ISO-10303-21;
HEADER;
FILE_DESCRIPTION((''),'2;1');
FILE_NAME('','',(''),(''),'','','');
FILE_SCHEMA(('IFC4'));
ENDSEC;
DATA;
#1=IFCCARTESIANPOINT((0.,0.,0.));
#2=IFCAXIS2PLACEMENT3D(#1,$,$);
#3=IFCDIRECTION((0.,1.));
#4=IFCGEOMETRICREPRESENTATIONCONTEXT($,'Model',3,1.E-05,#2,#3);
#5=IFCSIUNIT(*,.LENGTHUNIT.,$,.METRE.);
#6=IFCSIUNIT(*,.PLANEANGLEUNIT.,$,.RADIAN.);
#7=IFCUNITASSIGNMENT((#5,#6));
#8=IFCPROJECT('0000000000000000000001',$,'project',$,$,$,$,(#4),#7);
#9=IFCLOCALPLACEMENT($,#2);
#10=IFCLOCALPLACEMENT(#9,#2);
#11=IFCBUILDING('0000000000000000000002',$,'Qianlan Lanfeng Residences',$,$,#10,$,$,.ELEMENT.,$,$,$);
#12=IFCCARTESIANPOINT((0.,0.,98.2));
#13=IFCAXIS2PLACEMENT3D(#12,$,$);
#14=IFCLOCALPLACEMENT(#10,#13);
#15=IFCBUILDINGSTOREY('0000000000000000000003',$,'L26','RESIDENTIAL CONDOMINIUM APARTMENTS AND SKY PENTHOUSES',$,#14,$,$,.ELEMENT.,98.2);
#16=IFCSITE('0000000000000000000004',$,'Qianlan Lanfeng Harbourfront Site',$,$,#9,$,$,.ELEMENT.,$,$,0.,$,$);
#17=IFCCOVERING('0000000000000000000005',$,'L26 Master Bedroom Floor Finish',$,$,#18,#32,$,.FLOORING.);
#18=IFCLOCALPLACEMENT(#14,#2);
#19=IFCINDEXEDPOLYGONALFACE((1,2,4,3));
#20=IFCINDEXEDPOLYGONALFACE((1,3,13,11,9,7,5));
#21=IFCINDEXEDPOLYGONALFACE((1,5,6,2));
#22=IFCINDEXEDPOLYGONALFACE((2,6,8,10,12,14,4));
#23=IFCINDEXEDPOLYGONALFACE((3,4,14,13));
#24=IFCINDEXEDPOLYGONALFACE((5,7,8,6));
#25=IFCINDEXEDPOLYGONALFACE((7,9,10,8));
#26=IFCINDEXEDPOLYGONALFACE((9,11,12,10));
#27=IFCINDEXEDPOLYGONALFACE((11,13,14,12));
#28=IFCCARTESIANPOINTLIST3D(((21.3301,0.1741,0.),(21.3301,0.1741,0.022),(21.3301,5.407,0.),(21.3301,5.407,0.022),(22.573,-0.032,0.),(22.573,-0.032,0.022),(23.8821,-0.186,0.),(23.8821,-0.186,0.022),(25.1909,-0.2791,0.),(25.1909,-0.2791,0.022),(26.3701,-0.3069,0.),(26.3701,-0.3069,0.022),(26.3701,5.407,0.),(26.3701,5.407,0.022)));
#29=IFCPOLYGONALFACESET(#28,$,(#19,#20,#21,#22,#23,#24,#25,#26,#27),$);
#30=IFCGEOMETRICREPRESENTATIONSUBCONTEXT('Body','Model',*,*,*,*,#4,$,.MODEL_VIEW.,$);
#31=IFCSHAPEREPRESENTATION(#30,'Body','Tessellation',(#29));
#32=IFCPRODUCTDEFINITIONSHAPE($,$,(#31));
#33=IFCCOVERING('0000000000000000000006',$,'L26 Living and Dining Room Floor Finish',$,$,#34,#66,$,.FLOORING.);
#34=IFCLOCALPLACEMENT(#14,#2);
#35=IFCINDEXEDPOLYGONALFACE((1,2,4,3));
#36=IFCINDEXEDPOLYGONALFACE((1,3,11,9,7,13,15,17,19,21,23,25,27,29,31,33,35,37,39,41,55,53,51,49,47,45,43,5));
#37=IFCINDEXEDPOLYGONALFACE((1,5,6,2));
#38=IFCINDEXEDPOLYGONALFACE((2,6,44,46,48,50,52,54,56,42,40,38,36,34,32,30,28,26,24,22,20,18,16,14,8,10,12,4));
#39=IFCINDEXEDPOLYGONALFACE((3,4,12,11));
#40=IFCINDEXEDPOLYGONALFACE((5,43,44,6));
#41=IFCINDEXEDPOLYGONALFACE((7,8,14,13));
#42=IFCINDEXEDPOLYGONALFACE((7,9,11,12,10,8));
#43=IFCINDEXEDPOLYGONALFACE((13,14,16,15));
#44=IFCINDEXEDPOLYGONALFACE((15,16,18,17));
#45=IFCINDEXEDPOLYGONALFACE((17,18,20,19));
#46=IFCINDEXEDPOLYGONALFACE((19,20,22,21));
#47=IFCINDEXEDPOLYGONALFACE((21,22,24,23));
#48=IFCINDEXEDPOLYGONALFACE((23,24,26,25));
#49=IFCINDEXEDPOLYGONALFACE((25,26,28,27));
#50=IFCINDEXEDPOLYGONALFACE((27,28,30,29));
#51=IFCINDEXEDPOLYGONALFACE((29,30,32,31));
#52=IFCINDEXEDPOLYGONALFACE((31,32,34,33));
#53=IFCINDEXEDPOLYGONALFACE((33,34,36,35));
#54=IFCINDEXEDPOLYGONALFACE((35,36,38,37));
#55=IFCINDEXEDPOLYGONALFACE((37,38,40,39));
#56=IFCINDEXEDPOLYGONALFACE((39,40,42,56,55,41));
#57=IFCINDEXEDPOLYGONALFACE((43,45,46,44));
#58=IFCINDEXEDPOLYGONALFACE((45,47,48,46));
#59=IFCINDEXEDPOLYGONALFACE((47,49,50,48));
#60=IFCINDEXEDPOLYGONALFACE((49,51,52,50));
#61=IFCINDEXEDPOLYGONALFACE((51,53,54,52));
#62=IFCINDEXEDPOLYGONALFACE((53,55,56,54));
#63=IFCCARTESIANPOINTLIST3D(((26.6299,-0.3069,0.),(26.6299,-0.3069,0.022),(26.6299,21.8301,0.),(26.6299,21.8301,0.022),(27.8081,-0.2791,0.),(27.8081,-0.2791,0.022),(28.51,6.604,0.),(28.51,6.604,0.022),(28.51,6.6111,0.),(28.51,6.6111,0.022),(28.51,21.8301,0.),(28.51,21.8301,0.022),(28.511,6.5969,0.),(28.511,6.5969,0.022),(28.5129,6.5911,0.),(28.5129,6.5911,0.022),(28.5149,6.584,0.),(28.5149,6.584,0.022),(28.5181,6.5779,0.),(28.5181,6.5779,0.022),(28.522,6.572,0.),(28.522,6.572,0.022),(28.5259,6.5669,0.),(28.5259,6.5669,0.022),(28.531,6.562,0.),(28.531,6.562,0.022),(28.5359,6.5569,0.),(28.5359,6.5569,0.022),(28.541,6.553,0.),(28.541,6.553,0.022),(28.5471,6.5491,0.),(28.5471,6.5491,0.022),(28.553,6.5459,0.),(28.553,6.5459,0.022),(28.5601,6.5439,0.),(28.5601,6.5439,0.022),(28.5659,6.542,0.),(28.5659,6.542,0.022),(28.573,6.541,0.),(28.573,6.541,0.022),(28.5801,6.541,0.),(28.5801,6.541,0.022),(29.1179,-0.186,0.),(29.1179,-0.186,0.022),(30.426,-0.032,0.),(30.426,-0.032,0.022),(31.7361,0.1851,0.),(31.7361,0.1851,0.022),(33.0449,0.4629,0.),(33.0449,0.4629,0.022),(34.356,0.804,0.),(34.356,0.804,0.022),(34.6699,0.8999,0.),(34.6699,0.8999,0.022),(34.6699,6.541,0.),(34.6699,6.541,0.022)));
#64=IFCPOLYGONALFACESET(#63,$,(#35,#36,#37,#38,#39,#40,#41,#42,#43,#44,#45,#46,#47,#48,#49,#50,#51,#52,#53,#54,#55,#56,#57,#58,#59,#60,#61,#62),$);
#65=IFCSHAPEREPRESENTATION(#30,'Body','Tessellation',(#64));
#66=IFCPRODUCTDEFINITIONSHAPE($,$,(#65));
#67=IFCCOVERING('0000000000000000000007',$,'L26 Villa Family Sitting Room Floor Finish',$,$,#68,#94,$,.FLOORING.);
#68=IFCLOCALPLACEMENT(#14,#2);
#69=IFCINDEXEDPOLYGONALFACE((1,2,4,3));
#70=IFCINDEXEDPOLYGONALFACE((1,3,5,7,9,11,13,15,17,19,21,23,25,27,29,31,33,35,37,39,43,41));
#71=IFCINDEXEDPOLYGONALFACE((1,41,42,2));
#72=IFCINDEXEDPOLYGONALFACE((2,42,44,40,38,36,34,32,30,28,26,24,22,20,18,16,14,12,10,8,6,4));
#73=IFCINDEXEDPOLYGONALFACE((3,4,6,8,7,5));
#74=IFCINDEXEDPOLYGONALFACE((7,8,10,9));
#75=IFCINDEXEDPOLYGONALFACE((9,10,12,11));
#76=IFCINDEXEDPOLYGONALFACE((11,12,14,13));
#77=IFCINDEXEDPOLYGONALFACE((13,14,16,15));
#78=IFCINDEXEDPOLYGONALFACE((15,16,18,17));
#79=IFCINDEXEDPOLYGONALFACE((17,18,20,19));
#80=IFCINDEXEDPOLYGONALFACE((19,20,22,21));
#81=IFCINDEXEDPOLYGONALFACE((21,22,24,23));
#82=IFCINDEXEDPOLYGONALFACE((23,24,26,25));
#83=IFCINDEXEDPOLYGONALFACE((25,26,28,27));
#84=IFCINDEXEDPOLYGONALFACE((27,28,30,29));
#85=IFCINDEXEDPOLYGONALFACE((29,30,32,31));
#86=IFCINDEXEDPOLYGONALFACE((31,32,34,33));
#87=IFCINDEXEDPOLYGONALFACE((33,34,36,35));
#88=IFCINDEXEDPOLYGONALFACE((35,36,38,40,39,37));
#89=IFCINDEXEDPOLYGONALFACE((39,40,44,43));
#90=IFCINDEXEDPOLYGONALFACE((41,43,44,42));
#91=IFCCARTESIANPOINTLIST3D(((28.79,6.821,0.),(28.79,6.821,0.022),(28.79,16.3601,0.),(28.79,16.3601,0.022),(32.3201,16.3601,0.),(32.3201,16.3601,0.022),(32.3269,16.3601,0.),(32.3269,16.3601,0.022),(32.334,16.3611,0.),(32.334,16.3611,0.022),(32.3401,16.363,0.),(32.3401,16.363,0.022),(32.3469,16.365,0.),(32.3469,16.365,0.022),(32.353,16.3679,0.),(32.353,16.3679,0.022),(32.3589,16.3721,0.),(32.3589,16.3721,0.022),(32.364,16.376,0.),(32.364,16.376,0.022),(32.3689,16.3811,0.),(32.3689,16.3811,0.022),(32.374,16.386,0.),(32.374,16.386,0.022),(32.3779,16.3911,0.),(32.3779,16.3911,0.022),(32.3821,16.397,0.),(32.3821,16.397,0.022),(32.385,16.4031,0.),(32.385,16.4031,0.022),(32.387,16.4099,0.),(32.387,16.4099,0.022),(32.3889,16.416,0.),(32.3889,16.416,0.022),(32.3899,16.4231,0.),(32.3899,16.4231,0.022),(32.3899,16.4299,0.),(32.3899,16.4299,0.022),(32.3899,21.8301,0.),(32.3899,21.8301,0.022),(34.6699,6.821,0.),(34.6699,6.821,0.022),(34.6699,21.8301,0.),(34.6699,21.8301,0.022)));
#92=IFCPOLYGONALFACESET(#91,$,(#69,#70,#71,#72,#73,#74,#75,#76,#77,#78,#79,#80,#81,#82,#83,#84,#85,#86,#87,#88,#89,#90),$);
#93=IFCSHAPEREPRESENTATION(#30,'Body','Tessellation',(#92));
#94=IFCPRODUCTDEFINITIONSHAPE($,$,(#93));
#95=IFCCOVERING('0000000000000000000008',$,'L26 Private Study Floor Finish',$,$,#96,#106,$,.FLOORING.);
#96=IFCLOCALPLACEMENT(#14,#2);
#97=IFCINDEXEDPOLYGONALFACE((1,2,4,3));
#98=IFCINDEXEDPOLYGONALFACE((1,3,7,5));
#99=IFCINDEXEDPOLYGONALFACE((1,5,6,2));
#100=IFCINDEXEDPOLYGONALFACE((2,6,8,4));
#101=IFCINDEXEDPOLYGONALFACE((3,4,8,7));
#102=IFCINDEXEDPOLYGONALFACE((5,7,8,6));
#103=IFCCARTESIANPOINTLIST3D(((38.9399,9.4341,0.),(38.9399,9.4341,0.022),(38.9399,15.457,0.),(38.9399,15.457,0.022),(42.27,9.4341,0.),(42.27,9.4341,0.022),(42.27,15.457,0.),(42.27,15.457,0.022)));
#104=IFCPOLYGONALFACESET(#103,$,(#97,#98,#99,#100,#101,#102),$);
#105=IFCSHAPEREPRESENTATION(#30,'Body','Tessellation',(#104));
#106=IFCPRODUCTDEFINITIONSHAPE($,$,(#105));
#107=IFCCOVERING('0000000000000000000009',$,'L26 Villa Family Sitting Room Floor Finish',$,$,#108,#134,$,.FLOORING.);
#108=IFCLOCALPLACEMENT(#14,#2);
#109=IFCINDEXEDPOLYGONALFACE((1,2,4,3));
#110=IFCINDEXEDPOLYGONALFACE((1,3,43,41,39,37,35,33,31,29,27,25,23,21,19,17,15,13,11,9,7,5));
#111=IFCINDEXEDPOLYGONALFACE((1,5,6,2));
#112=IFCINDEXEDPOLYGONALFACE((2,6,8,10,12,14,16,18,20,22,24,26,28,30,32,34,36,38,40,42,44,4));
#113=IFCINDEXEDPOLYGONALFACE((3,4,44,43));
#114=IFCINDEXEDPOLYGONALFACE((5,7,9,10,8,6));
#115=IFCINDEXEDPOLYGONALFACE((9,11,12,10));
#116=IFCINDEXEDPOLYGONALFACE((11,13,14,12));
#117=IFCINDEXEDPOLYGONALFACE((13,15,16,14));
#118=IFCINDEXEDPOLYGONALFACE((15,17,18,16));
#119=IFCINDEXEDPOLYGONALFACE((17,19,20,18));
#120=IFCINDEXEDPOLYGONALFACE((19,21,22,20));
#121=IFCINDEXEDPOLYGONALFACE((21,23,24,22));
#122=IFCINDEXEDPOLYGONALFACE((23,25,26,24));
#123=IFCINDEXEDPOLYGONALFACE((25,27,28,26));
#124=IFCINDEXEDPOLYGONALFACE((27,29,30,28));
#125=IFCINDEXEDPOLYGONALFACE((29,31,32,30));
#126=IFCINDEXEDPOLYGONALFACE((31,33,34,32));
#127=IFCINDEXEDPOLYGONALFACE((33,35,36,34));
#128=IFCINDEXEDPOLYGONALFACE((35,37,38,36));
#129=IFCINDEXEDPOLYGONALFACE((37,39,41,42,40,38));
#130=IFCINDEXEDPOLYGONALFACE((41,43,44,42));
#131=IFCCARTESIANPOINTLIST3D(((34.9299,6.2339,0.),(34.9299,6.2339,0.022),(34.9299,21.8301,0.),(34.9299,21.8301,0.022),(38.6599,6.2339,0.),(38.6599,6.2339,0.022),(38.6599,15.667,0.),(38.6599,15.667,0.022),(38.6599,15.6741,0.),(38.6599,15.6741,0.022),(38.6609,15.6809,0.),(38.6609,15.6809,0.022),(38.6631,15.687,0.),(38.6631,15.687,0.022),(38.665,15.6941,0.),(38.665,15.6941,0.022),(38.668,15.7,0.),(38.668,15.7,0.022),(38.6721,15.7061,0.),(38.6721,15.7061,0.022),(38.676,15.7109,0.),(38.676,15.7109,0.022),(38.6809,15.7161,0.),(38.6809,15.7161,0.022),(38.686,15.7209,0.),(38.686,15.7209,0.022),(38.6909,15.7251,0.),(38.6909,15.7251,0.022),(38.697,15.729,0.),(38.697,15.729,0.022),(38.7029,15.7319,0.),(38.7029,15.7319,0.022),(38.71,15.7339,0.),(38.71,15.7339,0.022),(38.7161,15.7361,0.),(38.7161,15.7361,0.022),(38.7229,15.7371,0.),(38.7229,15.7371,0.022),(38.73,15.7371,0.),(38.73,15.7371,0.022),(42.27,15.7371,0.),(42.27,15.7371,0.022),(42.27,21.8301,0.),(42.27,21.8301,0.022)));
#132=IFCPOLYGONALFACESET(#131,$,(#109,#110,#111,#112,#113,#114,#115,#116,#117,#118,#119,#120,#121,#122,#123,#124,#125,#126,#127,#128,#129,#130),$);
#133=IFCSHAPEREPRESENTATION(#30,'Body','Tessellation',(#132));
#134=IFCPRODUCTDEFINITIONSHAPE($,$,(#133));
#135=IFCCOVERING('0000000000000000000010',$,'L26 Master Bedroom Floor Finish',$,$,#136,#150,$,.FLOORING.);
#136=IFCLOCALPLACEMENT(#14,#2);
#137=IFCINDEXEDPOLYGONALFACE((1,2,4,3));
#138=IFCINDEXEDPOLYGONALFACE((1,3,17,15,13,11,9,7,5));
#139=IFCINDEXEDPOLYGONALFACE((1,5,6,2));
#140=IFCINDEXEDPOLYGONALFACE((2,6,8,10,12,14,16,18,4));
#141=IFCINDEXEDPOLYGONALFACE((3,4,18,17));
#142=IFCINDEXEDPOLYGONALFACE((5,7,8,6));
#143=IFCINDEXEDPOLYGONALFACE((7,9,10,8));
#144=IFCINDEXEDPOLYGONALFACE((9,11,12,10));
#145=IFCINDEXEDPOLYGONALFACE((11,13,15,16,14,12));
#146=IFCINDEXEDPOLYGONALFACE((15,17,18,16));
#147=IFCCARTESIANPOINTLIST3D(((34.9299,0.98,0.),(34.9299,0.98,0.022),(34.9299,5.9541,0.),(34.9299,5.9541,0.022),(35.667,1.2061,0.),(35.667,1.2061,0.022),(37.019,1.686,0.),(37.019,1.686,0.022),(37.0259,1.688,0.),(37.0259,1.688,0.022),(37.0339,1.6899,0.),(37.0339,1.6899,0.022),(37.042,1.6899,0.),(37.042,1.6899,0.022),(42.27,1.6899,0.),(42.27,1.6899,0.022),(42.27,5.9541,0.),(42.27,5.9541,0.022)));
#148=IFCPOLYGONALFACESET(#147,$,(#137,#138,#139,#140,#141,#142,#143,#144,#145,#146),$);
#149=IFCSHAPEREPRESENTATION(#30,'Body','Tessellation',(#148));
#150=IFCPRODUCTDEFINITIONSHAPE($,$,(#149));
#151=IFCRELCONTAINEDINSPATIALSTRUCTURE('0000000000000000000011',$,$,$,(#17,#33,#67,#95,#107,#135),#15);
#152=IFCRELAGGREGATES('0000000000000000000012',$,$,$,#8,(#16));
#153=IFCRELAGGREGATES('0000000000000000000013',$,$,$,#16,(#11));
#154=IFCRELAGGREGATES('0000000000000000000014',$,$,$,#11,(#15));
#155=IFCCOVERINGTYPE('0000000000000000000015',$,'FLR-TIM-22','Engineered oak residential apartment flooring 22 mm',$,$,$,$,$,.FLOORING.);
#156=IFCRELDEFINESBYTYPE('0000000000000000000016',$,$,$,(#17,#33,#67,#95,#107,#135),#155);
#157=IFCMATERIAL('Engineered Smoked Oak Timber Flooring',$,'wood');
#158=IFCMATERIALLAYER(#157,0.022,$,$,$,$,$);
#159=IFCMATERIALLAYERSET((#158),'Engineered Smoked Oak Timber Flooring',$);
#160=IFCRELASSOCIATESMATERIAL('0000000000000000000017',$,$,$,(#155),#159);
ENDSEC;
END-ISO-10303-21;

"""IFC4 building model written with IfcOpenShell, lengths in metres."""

from ifc_helpers import new_model, si_unit, direction, frame, origin, place, context, subcontext, project, spatial, polyline, outline, extrude, material, layer, layer_set, type_object, element, save


model = new_model("IFC4")

# Units and contexts
model_context = context("Model", 3, precision=1e-05, world=origin(), true_north=direction((0.0, 1.0)))
body_context = subcontext(model_context, "Body", "Model", "MODEL_VIEW")
ifc_project = project(units=[si_unit("LENGTHUNIT", "METRE"), si_unit("PLANEANGLEUNIT", "RADIAN")], contexts=[model_context])

# Site, building, storey
site_placement = place(None, origin())
site = spatial("IfcSite", under=ifc_project, at=site_placement, Name="Qianlan Lanfeng Harbourfront Site", CompositionType="ELEMENT", RefElevation=0.0)
building_placement = place(site_placement, origin())
building = spatial("IfcBuilding", under=site, at=building_placement, Name="Qianlan Lanfeng Residences", CompositionType="ELEMENT")
storey_placement = place(building_placement, frame((0.0, 0.0, 98.2)))
storey = spatial("IfcBuildingStorey", under=building, at=storey_placement, Name="L26", Description="RESIDENTIAL CONDOMINIUM APARTMENTS AND SKY PENTHOUSES", CompositionType="ELEMENT", Elevation=98.2)

# Coverings
ifc_material_1 = material(Name="Engineered Smoked Oak Timber Flooring", Category="wood")
ifc_layer_1 = layer(ifc_material_1, 0.022)
ifc_layer_set_1 = layer_set([ifc_layer_1], Name="Engineered Smoked Oak Timber Flooring")
covering_type_1 = type_object("IfcCoveringType", Name="FLR-TIM-22", Description="Engineered oak residential apartment flooring 22 mm", PredefinedType="FLOORING", material=ifc_layer_set_1)
covering_1_placement = place(storey_placement, origin())
element("IfcCovering", 1, at=covering_1_placement, inside=storey, type_object=covering_type_1, Name="L26 Master Bedroom Floor Finish", PredefinedType="FLOORING", context=body_context, shape_type="SweptSolid", body=[
    extrude(outline(polyline([(21.3301, 5.407), (21.3301, 0.1741), (22.573, -0.032), (23.8821, -0.186), (25.1909, -0.2791), (26.3701, -0.3069), (26.3701, 5.407), (21.3301, 5.407)])), origin(), (0.0, 0.0, 1.0), 0.022),
])
covering_2_placement = place(storey_placement, origin())
element("IfcCovering", 2, at=covering_2_placement, inside=storey, type_object=covering_type_1, Name="L26 Living and Dining Room Floor Finish", PredefinedType="FLOORING", context=body_context, shape_type="SweptSolid", body=[
    extrude(outline(polyline([(34.6699, 0.8999), (34.6699, 6.541), (28.5801, 6.541), (28.573, 6.541), (28.5659, 6.542), (28.5601, 6.5439), (28.553, 6.5459), (28.5471, 6.5491), (28.541, 6.553), (28.5359, 6.5569), (28.531, 6.562), (28.5259, 6.5669), (28.522, 6.572), (28.5181, 6.5779), (28.5149, 6.584), (28.5129, 6.5911), (28.511, 6.5969), (28.51, 6.604), (28.51, 6.6111), (28.51, 21.8301), (26.6299, 21.8301), (26.6299, -0.3069), (27.8081, -0.2791), (29.1179, -0.186), (30.426, -0.032), (31.7361, 0.1851), (33.0449, 0.4629), (34.356, 0.804), (34.6699, 0.8999)])), origin(), (0.0, 0.0, 1.0), 0.022),
])
covering_3_placement = place(storey_placement, origin())
element("IfcCovering", 3, at=covering_3_placement, inside=storey, type_object=covering_type_1, Name="L26 Villa Family Sitting Room Floor Finish", PredefinedType="FLOORING", context=body_context, shape_type="SweptSolid", body=[
    extrude(outline(polyline([(28.79, 6.821), (34.6699, 6.821), (34.6699, 21.8301), (32.3899, 21.8301), (32.3899, 16.4299), (32.3899, 16.4231), (32.3889, 16.416), (32.387, 16.4099), (32.385, 16.4031), (32.3821, 16.397), (32.3779, 16.3911), (32.374, 16.386), (32.3689, 16.3811), (32.364, 16.376), (32.3589, 16.3721), (32.353, 16.3679), (32.3469, 16.365), (32.3401, 16.363), (32.334, 16.3611), (32.3269, 16.3601), (32.3201, 16.3601), (28.79, 16.3601), (28.79, 6.821)])), origin(), (0.0, 0.0, 1.0), 0.022),
])
covering_4_placement = place(storey_placement, origin())
element("IfcCovering", 4, at=covering_4_placement, inside=storey, type_object=covering_type_1, Name="L26 Private Study Floor Finish", PredefinedType="FLOORING", context=body_context, shape_type="SweptSolid", body=[
    extrude(outline(polyline([(38.9399, 9.4341), (42.27, 9.4341), (42.27, 15.457), (38.9399, 15.457), (38.9399, 9.4341)])), origin(), (0.0, 0.0, 1.0), 0.022),
])
covering_5_placement = place(storey_placement, origin())
element("IfcCovering", 5, at=covering_5_placement, inside=storey, type_object=covering_type_1, Name="L26 Villa Family Sitting Room Floor Finish", PredefinedType="FLOORING", context=body_context, shape_type="SweptSolid", body=[
    extrude(outline(polyline([(34.9299, 6.2339), (38.6599, 6.2339), (38.6599, 15.667), (38.6599, 15.6741), (38.6609, 15.6809), (38.6631, 15.687), (38.665, 15.6941), (38.668, 15.7), (38.6721, 15.7061), (38.676, 15.7109), (38.6809, 15.7161), (38.686, 15.7209), (38.6909, 15.7251), (38.697, 15.729), (38.7029, 15.7319), (38.71, 15.7339), (38.7161, 15.7361), (38.7229, 15.7371), (38.73, 15.7371), (42.27, 15.7371), (42.27, 21.8301), (34.9299, 21.8301), (34.9299, 6.2339)])), origin(), (0.0, 0.0, 1.0), 0.022),
])
covering_6_placement = place(storey_placement, origin())
element("IfcCovering", 6, at=covering_6_placement, inside=storey, type_object=covering_type_1, Name="L26 Master Bedroom Floor Finish", PredefinedType="FLOORING", context=body_context, shape_type="SweptSolid", body=[
    extrude(outline(polyline([(34.9299, 5.9541), (34.9299, 0.98), (35.667, 1.2061), (37.019, 1.686), (37.0259, 1.688), (37.0339, 1.6899), (37.042, 1.6899), (42.27, 1.6899), (42.27, 5.9541), (34.9299, 5.9541)])), origin(), (0.0, 0.0, 1.0), 0.022),
])

save(model, "model.ifc")
